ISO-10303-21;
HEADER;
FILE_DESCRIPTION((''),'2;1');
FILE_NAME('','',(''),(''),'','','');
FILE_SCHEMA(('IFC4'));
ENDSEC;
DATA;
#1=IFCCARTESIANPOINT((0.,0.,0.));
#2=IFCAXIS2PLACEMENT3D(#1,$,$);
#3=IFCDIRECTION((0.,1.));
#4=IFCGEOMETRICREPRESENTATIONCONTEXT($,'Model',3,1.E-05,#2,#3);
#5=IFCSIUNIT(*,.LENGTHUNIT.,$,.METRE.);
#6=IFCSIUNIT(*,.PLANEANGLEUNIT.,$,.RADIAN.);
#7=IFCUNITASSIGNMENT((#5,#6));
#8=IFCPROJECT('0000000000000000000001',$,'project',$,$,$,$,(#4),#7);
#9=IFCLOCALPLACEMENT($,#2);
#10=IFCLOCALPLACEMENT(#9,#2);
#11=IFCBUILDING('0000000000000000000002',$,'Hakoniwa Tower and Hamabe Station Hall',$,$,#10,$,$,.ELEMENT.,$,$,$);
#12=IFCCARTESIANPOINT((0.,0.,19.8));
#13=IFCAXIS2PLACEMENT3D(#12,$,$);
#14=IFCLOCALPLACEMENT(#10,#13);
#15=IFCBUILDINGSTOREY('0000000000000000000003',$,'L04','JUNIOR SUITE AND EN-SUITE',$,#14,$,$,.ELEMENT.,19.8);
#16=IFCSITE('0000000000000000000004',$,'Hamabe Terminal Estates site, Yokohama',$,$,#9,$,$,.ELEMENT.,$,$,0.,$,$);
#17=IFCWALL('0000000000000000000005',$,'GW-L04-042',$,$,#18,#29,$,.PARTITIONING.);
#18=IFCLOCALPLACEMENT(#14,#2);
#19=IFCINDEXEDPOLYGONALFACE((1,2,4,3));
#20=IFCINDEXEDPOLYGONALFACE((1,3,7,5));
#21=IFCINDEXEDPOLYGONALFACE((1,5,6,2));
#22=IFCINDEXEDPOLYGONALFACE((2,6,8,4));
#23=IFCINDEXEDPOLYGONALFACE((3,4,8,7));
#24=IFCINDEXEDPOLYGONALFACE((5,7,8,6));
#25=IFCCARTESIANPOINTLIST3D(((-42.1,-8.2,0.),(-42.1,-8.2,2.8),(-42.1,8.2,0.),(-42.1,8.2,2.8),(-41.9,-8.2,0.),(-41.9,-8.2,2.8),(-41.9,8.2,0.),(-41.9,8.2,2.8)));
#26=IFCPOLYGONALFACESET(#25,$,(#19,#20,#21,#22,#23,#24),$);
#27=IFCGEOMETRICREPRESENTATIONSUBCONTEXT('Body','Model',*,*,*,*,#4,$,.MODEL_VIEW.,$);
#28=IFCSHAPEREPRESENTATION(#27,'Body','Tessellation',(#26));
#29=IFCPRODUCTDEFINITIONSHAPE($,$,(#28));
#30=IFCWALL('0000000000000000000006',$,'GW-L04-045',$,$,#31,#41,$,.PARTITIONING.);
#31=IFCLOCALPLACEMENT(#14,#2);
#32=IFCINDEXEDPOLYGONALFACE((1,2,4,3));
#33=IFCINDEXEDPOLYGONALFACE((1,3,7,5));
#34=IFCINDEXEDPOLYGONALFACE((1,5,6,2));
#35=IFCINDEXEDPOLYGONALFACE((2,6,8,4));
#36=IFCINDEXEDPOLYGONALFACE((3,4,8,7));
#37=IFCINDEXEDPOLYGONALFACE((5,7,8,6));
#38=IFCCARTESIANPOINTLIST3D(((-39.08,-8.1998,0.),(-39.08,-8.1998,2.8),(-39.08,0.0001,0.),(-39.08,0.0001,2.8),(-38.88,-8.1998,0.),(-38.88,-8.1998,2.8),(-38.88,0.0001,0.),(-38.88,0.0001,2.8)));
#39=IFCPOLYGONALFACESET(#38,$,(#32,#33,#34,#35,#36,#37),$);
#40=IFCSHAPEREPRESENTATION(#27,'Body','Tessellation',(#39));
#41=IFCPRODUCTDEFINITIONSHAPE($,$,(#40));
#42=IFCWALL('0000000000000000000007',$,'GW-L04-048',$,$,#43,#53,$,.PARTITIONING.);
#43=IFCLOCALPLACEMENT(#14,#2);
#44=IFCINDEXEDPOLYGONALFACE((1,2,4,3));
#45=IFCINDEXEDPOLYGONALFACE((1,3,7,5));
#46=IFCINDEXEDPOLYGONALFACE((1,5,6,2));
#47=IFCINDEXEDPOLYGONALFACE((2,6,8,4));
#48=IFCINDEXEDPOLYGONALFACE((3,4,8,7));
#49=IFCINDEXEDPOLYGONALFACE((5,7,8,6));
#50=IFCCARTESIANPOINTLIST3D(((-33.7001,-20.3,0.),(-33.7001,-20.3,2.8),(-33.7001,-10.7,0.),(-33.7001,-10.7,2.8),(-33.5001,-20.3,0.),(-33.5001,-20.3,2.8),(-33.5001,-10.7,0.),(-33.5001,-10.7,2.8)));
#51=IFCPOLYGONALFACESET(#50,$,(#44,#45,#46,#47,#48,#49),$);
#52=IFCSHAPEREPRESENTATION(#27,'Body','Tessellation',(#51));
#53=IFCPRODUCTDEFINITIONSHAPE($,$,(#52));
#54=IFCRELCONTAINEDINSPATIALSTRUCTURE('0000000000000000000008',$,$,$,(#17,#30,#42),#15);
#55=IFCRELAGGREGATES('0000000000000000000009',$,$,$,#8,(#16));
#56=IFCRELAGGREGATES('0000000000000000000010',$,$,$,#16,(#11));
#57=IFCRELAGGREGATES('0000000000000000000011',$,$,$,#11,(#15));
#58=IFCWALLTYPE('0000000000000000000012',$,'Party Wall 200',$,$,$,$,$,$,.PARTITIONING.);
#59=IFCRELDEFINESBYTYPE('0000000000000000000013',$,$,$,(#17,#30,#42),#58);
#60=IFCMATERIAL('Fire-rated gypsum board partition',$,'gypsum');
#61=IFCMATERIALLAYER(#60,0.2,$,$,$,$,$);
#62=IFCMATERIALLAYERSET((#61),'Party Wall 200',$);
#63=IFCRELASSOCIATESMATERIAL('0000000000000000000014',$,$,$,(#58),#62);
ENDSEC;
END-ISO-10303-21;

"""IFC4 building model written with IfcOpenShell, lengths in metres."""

from ifc_helpers import new_model, si_unit, direction, frame, frame_2d, origin, place, context, subcontext, project, spatial, rectangle, extrude, material, layer, layer_set, type_object, element, save


model = new_model("IFC4")

# Units and contexts
model_context = context("Model", 3, precision=1e-05, world=origin(), true_north=direction((0.0, 1.0)))
body_context = subcontext(model_context, "Body", "Model", "MODEL_VIEW")
ifc_project = project(units=[si_unit("LENGTHUNIT", "METRE"), si_unit("PLANEANGLEUNIT", "RADIAN")], contexts=[model_context])

# Site, building, storey
site_placement = place(None, origin())
site = spatial("IfcSite", under=ifc_project, at=site_placement, Name="Hamabe Terminal Estates site, Yokohama", CompositionType="ELEMENT", RefElevation=0.0)
building_placement = place(site_placement, origin())
building = spatial("IfcBuilding", under=site, at=building_placement, Name="Hakoniwa Tower and Hamabe Station Hall", CompositionType="ELEMENT")
storey_placement = place(building_placement, frame((0.0, 0.0, 19.8)))
storey = spatial("IfcBuildingStorey", under=building, at=storey_placement, Name="L04", Description="JUNIOR SUITE AND EN-SUITE", CompositionType="ELEMENT", Elevation=19.8)

# Walls
ifc_material_1 = material(Name="Fire-rated gypsum board partition", Category="gypsum")
ifc_layer_1 = layer(ifc_material_1, 0.2)
ifc_layer_set_1 = layer_set([ifc_layer_1], Name="Party Wall 200")
wall_type_1 = type_object("IfcWallType", Name="Party Wall 200", PredefinedType="PARTITIONING", material=ifc_layer_set_1)
wall_1_placement = place(storey_placement, frame((-42.0, -8.2, 0.0), z_axis=(0.0, 0.0, 1.0), x_axis=(0.0, 1.0, 0.0)))
element("IfcWall", 1, at=wall_1_placement, inside=storey, type_object=wall_type_1, Name="GW-L04-042", PredefinedType="PARTITIONING", context=body_context, shape_type="SweptSolid", body=[
    extrude(rectangle(XDim=16.3999, YDim=0.2, at=frame_2d((8.2, 0.0))), origin(), (0.0, 0.0, 1.0), 2.8),
])
wall_2_placement = place(storey_placement, frame((-38.98, -8.2, 0.0), z_axis=(0.0, 0.0, 1.0), x_axis=(0.0, 1.0, 0.0)))
element("IfcWall", 2, at=wall_2_placement, inside=storey, type_object=wall_type_1, Name="GW-L04-045", PredefinedType="PARTITIONING", context=body_context, shape_type="SweptSolid", body=[
    extrude(rectangle(XDim=8.2, YDim=0.2, at=frame_2d((4.1001, 0.0))), origin(), (0.0, 0.0, 1.0), 2.8),
])
wall_3_placement = place(storey_placement, frame((-33.6001, -20.3, 0.0), z_axis=(0.0, 0.0, 1.0), x_axis=(0.0, 1.0, 0.0)))
element("IfcWall", 3, at=wall_3_placement, inside=storey, type_object=wall_type_1, Name="GW-L04-048", PredefinedType="PARTITIONING", context=body_context, shape_type="SweptSolid", body=[
    extrude(rectangle(XDim=9.6001, YDim=0.2, at=frame_2d((4.8, 0.0))), origin(), (0.0, 0.0, 1.0), 2.8),
])

save(model, "model.ifc")
